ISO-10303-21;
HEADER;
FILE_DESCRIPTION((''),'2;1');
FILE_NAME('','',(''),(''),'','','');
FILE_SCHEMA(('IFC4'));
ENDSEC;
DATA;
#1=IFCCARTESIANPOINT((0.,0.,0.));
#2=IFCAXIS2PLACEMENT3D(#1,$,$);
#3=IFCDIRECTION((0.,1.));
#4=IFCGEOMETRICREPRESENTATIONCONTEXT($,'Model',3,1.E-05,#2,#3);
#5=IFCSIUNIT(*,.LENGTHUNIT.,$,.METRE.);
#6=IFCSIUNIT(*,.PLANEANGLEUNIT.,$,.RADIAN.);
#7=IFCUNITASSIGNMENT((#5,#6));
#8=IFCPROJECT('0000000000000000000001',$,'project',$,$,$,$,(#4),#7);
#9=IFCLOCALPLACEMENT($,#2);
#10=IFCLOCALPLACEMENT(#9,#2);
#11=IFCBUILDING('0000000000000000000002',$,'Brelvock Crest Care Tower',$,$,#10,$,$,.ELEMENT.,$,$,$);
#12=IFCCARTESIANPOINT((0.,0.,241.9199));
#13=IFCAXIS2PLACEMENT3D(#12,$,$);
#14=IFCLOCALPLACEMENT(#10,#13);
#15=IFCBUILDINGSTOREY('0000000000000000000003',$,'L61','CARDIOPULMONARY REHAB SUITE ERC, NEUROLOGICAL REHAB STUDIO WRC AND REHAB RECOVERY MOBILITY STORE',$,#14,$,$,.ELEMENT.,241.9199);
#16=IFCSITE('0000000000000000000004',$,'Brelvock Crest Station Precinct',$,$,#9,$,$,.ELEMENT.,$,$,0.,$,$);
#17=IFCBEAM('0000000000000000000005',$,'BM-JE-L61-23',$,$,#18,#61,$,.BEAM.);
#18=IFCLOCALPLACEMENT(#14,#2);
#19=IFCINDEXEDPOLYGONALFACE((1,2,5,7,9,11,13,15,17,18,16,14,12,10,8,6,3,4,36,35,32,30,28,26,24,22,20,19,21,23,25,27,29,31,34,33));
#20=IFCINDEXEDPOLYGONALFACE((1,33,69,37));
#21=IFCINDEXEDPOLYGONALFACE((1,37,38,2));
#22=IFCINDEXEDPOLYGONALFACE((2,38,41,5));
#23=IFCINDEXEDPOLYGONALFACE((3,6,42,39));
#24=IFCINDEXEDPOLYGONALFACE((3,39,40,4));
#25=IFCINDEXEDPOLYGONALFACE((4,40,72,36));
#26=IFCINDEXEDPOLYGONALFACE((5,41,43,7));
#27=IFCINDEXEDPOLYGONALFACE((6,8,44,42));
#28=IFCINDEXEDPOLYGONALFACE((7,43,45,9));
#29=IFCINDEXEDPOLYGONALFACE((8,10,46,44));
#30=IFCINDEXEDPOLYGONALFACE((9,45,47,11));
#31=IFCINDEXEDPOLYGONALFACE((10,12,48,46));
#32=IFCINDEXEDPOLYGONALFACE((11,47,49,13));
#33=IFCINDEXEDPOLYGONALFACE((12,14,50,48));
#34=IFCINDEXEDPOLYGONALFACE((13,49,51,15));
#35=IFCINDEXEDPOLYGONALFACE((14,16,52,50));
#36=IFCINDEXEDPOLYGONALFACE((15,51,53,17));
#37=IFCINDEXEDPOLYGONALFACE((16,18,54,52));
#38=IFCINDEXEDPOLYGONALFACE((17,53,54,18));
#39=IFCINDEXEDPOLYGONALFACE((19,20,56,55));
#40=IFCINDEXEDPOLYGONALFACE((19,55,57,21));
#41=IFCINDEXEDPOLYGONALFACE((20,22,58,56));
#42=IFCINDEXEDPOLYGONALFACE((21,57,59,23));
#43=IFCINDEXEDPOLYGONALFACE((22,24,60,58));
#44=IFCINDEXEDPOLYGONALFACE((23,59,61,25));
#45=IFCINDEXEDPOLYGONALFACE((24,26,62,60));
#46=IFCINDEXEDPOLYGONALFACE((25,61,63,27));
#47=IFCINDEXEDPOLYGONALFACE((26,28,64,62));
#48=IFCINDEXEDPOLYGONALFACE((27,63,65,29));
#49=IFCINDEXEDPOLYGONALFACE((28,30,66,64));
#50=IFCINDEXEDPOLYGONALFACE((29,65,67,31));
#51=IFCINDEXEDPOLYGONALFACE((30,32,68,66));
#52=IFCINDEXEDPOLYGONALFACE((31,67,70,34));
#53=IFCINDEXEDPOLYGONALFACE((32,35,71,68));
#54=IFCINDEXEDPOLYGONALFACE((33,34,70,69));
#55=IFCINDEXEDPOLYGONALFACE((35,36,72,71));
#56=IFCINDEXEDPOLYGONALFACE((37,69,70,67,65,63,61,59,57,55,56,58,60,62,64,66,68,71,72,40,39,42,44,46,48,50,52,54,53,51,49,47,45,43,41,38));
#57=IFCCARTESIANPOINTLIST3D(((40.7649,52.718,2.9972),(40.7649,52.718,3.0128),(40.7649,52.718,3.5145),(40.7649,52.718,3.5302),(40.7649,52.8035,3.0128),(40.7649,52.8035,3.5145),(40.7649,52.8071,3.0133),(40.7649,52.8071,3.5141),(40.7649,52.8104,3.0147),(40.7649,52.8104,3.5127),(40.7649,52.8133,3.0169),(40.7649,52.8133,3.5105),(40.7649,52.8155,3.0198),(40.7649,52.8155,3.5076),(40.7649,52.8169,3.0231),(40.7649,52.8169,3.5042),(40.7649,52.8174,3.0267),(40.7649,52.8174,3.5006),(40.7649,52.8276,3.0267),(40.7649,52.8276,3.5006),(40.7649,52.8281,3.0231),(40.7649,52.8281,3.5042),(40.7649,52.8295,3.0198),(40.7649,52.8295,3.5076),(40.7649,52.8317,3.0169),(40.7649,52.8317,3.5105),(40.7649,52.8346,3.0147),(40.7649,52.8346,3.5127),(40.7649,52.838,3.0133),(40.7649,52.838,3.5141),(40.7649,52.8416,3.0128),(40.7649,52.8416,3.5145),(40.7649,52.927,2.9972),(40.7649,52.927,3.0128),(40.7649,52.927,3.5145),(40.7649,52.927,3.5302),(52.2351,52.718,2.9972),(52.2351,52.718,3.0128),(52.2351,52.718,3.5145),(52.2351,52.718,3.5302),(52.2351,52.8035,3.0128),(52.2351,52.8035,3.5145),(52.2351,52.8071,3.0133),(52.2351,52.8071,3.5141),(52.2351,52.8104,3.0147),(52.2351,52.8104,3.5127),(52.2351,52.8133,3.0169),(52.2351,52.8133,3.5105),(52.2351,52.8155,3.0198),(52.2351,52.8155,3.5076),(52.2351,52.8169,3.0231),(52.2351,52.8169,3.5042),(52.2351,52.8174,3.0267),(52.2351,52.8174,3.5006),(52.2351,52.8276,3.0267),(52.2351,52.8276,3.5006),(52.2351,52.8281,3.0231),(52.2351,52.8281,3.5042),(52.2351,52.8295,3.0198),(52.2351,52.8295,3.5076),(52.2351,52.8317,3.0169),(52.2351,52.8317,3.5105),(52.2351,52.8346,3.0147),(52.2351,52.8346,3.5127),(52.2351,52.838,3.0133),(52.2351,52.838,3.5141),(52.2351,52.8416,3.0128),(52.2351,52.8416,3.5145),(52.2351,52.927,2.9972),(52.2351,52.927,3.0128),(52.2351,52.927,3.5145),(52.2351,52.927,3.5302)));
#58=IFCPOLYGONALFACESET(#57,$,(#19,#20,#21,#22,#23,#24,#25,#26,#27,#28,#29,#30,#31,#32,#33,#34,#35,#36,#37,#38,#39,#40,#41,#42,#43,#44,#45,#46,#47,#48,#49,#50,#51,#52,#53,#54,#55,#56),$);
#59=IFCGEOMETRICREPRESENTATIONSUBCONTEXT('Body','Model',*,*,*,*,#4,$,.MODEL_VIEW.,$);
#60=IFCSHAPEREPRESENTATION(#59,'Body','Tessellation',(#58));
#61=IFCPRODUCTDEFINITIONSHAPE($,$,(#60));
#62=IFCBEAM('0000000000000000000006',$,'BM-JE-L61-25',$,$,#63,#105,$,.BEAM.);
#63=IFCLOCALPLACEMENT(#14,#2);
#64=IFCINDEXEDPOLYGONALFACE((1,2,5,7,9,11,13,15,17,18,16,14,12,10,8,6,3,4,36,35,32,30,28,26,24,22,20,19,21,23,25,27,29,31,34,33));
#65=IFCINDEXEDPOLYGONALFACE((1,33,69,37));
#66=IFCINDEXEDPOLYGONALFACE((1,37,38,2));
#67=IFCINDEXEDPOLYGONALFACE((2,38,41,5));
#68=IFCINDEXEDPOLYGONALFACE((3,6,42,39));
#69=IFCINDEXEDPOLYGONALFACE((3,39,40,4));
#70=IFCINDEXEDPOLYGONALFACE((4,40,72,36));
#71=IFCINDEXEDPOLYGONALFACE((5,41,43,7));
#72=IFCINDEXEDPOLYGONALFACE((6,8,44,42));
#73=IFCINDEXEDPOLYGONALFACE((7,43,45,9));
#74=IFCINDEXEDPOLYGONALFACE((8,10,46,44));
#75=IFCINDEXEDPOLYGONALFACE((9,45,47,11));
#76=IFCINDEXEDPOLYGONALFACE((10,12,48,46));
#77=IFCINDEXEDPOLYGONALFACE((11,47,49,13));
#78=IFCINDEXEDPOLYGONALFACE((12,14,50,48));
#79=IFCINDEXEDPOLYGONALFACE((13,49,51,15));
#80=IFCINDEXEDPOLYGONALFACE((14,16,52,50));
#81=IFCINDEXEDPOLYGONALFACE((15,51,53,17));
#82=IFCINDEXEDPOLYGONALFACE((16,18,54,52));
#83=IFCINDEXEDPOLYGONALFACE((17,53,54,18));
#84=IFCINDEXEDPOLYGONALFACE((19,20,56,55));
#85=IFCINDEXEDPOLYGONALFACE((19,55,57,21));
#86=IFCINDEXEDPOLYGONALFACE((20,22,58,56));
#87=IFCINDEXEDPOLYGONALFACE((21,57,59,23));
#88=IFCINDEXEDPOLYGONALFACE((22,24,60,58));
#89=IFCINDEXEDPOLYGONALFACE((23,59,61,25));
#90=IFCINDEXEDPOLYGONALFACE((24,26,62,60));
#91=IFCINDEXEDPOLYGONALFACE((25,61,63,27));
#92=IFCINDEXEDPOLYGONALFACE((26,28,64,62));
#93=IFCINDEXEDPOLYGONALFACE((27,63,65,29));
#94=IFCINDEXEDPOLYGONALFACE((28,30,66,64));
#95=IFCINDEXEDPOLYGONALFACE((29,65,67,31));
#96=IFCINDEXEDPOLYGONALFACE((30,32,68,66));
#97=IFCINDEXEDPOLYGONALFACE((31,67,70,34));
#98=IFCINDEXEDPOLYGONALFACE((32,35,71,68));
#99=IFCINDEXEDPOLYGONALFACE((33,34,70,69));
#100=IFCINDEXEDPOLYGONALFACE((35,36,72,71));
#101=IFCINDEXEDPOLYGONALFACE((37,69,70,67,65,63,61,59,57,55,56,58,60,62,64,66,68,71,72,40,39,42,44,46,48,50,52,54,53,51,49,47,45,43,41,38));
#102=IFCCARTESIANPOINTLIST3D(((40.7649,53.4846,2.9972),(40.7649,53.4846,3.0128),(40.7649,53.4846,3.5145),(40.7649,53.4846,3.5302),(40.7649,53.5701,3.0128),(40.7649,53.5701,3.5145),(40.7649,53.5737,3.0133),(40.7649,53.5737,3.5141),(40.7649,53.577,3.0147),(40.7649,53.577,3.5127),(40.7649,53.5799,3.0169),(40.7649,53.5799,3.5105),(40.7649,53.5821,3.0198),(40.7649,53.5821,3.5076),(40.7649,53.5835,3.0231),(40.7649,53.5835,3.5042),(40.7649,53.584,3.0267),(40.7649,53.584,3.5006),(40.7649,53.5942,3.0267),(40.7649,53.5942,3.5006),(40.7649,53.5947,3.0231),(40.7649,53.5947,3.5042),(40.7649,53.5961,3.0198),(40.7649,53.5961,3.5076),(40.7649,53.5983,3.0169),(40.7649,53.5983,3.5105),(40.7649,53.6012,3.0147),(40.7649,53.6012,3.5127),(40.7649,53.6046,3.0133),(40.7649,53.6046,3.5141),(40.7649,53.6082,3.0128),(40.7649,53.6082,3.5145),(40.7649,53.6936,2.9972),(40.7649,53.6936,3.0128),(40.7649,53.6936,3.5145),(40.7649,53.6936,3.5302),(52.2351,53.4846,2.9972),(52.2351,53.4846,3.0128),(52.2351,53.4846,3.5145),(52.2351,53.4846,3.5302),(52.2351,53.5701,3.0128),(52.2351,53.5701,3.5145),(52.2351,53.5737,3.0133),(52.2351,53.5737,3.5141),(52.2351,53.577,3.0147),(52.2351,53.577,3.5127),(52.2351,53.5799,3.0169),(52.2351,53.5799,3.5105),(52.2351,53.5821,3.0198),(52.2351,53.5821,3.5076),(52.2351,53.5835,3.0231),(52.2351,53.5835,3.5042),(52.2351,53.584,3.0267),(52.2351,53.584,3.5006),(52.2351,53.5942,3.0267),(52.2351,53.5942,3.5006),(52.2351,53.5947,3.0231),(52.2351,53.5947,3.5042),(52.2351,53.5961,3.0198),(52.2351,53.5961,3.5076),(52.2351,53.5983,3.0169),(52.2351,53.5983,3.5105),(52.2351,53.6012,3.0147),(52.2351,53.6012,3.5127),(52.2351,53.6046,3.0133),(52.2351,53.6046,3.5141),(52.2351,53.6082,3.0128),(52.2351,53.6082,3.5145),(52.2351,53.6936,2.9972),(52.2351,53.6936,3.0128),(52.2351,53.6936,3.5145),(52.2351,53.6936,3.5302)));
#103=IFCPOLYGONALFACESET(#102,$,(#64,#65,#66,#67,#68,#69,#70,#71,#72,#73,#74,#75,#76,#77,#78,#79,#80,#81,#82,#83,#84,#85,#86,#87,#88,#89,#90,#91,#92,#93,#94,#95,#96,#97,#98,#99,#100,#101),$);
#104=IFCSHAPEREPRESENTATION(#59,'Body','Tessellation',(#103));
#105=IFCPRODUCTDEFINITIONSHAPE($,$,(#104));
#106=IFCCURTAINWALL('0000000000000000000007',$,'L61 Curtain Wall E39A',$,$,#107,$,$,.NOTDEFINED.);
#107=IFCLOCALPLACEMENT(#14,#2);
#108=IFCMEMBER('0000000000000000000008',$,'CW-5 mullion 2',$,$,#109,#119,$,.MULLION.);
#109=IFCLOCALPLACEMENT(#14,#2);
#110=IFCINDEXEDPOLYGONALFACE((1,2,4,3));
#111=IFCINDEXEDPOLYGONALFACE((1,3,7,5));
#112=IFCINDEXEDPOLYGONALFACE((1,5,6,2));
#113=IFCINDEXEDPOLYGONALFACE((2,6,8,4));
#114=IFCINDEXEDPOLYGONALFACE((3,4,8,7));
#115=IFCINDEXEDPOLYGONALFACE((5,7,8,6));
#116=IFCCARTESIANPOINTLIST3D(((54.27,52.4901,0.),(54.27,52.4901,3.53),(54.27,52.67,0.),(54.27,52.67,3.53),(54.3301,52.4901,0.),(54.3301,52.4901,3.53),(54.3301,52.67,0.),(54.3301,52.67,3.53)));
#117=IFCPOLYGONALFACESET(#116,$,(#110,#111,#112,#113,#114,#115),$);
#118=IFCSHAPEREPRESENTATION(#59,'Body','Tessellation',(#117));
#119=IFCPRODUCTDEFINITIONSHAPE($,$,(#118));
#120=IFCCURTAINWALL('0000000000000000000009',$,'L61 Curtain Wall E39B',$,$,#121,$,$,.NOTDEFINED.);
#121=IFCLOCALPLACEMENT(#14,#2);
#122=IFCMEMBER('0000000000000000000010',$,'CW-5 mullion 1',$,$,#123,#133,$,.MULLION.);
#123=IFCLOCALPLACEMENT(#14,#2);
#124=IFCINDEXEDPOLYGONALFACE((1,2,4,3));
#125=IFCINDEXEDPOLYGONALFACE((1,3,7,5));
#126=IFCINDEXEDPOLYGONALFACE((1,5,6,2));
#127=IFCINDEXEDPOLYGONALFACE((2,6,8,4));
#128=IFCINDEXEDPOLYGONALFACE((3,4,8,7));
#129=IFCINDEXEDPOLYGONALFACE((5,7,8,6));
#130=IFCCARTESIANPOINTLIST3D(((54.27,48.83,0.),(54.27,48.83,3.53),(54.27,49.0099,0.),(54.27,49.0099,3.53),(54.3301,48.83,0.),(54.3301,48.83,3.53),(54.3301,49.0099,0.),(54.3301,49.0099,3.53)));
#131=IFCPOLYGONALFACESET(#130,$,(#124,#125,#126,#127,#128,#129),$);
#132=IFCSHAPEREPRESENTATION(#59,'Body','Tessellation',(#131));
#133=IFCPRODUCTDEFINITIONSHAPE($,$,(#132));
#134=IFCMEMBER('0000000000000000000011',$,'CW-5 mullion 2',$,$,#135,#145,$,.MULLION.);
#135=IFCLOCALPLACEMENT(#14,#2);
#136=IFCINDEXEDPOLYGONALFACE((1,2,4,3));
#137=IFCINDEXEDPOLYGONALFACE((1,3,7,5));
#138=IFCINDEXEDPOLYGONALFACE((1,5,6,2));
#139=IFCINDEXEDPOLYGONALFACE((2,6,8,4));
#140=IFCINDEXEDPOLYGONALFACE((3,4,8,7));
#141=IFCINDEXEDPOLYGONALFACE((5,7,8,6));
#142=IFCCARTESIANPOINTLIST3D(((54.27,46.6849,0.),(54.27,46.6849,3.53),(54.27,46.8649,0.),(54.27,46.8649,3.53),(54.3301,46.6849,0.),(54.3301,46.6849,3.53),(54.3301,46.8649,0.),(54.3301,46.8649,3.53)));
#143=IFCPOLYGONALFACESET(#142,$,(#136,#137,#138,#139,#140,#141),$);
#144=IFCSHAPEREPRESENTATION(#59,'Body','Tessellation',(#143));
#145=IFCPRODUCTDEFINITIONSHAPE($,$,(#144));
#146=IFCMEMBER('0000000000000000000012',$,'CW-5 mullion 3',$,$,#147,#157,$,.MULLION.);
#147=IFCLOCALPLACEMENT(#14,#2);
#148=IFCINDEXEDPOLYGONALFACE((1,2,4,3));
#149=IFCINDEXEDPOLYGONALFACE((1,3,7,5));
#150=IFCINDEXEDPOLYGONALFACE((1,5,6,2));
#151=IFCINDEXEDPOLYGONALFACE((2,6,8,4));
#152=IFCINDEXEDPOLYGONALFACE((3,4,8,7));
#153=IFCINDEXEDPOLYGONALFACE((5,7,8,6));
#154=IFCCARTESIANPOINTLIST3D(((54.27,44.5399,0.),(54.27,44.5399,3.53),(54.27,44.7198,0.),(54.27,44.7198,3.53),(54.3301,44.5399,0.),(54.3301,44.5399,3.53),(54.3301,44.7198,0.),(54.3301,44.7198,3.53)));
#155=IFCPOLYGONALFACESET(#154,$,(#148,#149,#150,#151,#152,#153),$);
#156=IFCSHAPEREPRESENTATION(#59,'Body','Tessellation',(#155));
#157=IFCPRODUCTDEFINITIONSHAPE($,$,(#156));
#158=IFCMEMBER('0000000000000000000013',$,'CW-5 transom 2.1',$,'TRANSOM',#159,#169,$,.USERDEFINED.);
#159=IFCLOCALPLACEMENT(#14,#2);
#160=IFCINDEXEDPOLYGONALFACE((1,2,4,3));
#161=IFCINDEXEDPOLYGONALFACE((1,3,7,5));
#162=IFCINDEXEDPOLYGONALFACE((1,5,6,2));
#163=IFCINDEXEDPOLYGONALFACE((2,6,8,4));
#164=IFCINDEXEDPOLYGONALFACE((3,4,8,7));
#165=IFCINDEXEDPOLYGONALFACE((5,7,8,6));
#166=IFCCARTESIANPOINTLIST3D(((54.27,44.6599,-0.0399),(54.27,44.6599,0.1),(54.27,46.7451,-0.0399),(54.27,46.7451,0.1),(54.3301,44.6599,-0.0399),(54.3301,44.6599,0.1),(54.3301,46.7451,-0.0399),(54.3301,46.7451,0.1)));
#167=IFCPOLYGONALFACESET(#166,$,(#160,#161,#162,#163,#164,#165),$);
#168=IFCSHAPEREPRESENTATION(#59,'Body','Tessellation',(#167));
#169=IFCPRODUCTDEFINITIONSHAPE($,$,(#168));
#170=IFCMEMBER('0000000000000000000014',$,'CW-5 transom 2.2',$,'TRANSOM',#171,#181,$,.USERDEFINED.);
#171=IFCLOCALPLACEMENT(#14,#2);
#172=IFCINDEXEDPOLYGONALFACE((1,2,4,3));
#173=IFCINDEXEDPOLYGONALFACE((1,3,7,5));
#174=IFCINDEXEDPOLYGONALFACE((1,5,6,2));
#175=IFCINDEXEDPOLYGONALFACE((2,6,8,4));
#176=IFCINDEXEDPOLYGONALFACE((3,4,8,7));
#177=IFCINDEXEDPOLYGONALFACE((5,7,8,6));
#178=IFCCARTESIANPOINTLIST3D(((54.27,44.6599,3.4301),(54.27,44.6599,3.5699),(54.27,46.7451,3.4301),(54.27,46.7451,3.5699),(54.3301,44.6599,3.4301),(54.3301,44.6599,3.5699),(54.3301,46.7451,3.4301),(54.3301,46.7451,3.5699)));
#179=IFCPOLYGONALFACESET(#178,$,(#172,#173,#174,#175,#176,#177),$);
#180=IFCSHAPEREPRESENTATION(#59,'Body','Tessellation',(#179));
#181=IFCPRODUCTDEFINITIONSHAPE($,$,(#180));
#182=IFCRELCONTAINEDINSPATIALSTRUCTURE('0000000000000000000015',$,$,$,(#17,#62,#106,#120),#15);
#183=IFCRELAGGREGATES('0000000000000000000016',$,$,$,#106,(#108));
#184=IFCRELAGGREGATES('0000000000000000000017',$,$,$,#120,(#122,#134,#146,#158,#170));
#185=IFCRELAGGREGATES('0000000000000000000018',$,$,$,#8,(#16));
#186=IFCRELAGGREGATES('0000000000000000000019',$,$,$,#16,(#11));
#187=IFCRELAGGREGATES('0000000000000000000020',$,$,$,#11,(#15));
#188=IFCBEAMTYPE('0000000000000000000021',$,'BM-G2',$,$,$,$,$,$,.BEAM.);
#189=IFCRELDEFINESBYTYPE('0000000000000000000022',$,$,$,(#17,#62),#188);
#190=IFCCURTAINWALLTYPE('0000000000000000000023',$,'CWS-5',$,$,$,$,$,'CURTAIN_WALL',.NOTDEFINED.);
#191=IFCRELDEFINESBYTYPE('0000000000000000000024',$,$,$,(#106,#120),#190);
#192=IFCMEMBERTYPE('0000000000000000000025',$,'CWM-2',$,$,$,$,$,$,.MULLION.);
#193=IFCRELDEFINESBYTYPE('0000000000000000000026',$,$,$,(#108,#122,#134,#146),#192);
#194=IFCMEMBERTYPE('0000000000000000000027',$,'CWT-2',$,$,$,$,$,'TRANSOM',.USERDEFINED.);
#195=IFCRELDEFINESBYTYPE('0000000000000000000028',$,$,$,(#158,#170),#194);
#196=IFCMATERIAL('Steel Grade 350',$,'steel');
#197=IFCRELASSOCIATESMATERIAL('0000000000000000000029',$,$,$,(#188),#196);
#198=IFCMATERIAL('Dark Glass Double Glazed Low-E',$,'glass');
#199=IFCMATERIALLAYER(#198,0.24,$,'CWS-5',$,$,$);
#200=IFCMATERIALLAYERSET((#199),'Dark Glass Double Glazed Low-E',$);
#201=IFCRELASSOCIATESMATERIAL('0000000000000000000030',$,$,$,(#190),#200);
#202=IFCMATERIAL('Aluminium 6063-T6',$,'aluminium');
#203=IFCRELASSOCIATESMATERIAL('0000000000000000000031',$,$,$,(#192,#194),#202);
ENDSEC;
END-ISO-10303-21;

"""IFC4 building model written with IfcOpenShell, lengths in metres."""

from ifc_helpers import new_model, si_unit, direction, frame, origin, origin_2d, place, context, subcontext, project, spatial, rectangle, i_section, extrude, source, transform, mapped, material, layer, layer_set, material_profile, profile_set, type_object, element, aggregate, save


model = new_model("IFC4")

# Units and contexts
model_context = context("Model", 3, precision=1e-05, world=origin(), true_north=direction((0.0, 1.0)))
body_context = subcontext(model_context, "Body", "Model", "MODEL_VIEW")
ifc_project = project(units=[si_unit("LENGTHUNIT", "METRE"), si_unit("PLANEANGLEUNIT", "RADIAN")], contexts=[model_context])

# Site, building, storey
site_placement = place(None, origin())
site = spatial("IfcSite", under=ifc_project, at=site_placement, Name="Brelvock Crest Station Precinct", CompositionType="ELEMENT", RefElevation=0.0)
building_placement = place(site_placement, origin())
building = spatial("IfcBuilding", under=site, at=building_placement, Name="Brelvock Crest Care Tower", CompositionType="ELEMENT")
storey_placement = place(building_placement, frame((0.0, 0.0, 241.9199)))
storey = spatial("IfcBuildingStorey", under=building, at=storey_placement, Name="L61", Description="CARDIOPULMONARY REHAB SUITE ERC, NEUROLOGICAL REHAB STUDIO WRC AND REHAB RECOVERY MOBILITY STORE", CompositionType="ELEMENT", Elevation=241.9199)

# Beams
ifc_material_1 = material(Name="Steel Grade 350", Category="steel")
ifc_material_profile_1 = material_profile(ifc_material_1, i_section(OverallWidth=0.209, OverallDepth=0.533, WebThickness=0.0103, FlangeThickness=0.0156, FilletRadius=0.0139, at=origin_2d()), Name="530UB92.4")
ifc_profile_set_1 = profile_set([ifc_material_profile_1], Name="Steel Grade 350")
beam_type_1 = type_object("IfcBeamType", Name="BM-G2", PredefinedType="BEAM", material=ifc_profile_set_1)
shared_shape_1 = source(origin(), body_context, "Body", "SweptSolid", [
    extrude(i_section(OverallWidth=0.209, OverallDepth=0.533, WebThickness=0.0103, FlangeThickness=0.0156, FilletRadius=0.0139, at=origin_2d()), origin(), (0.0, 0.0, 1.0), 11.4702),
])
for number, where, z_axis, x_axis, name in (
    (1, (40.7649, 52.8225, 3.2637), (1.0, 0.0, 0.0), (0.0, 1.0, 0.0), "BM-JE-L61-23"),
    (2, (40.7649, 53.5891, 3.2637), (1.0, 0.0, 0.0), (0.0, 1.0, 0.0), "BM-JE-L61-25"),
):
    element("IfcBeam", number, at=place(storey_placement, frame(where, z_axis=z_axis, x_axis=x_axis)), inside=storey, type_object=beam_type_1, Name=name, PredefinedType="BEAM", context=body_context, shape_type="MappedRepresentation", body=[
        mapped(shared_shape_1, transform((0.0, 0.0, 0.0), x_axis=(1.0, 0.0, 0.0), y_axis=(0.0, 1.0, 0.0), z_axis=(0.0, 0.0, 1.0), scale=1.0)),
    ])

# Curtain wall, member
ifc_material_2 = material(Name="Dark Glass Double Glazed Low-E", Category="glass")
ifc_layer_1 = layer(ifc_material_2, 0.24, Name="CWS-5")
ifc_layer_set_1 = layer_set([ifc_layer_1], Name="Dark Glass Double Glazed Low-E")
curtain_wall_type = type_object("IfcCurtainWallType", Name="CWS-5", ElementType="CURTAIN_WALL", PredefinedType="NOTDEFINED", material=ifc_layer_set_1)
curtain_wall_1_placement = place(storey_placement, origin())
curtain_wall_1 = element("IfcCurtainWall", 3, at=curtain_wall_1_placement, inside=storey, type_object=curtain_wall_type, Name="L61 Curtain Wall E39A", PredefinedType="NOTDEFINED")
ifc_material_3 = material(Name="Aluminium 6063-T6", Category="aluminium")
ifc_material_profile_2 = material_profile(ifc_material_3, rectangle(XDim=0.0601, YDim=0.1799, at=origin_2d()), Name="ALU60x180")
ifc_profile_set_2 = profile_set([ifc_material_profile_2], Name="Aluminium 6063-T6")
member_type_1 = type_object("IfcMemberType", Name="CWM-2", PredefinedType="MULLION", material=ifc_profile_set_2)
shared_shape_2 = source(origin(), body_context, "Body", "SweptSolid", [
    extrude(rectangle(XDim=0.0601, YDim=0.1799, at=origin_2d()), origin(), (0.0, 0.0, 1.0), 3.53),
])
member_1_placement = place(storey_placement, frame((54.3, 52.5801, 0.0), z_axis=(0.0, 0.0, 1.0), x_axis=(1.0, 0.0, 0.0)))
member_1 = element("IfcMember", 4, at=member_1_placement, type_object=member_type_1, Name="CW-5 mullion 2", PredefinedType="MULLION", context=body_context, shape_type="MappedRepresentation", body=[
    mapped(shared_shape_2, transform((0.0, 0.0, 0.0), x_axis=(1.0, 0.0, 0.0), y_axis=(0.0, 1.0, 0.0), z_axis=(0.0, 0.0, 1.0), scale=1.0)),
])
aggregate(curtain_wall_1, [member_1])

# Curtain wall, members
curtain_wall_2_placement = place(storey_placement, origin())
curtain_wall_2 = element("IfcCurtainWall", 5, at=curtain_wall_2_placement, inside=storey, type_object=curtain_wall_type, Name="L61 Curtain Wall E39B", PredefinedType="NOTDEFINED")
member_2_placement = place(storey_placement, frame((54.3, 48.9199, 0.0), z_axis=(0.0, 0.0, 1.0), x_axis=(1.0, 0.0, 0.0)))
member_2 = element("IfcMember", 6, at=member_2_placement, type_object=member_type_1, Name="CW-5 mullion 1", PredefinedType="MULLION", context=body_context, shape_type="MappedRepresentation", body=[
    mapped(shared_shape_2, transform((0.0, 0.0, 0.0), x_axis=(1.0, 0.0, 0.0), y_axis=(0.0, 1.0, 0.0), z_axis=(0.0, 0.0, 1.0), scale=1.0)),
])
member_3_placement = place(storey_placement, frame((54.3, 46.7749, 0.0), z_axis=(0.0, 0.0, 1.0), x_axis=(1.0, 0.0, 0.0)))
member_3 = element("IfcMember", 7, at=member_3_placement, type_object=member_type_1, Name="CW-5 mullion 2", PredefinedType="MULLION", context=body_context, shape_type="MappedRepresentation", body=[
    mapped(shared_shape_2, transform((0.0, 0.0, 0.0), x_axis=(1.0, 0.0, 0.0), y_axis=(0.0, 1.0, 0.0), z_axis=(0.0, 0.0, 1.0), scale=1.0)),
])
member_4_placement = place(storey_placement, frame((54.3, 44.6299, 0.0), z_axis=(0.0, 0.0, 1.0), x_axis=(1.0, 0.0, 0.0)))
member_4 = element("IfcMember", 8, at=member_4_placement, type_object=member_type_1, Name="CW-5 mullion 3", PredefinedType="MULLION", context=body_context, shape_type="MappedRepresentation", body=[
    mapped(shared_shape_2, transform((0.0, 0.0, 0.0), x_axis=(1.0, 0.0, 0.0), y_axis=(0.0, 1.0, 0.0), z_axis=(0.0, 0.0, 1.0), scale=1.0)),
])
ifc_material_profile_3 = material_profile(ifc_material_3, rectangle(XDim=0.0601, YDim=0.1399, at=origin_2d()), Name="ALU60x140")
ifc_profile_set_3 = profile_set([ifc_material_profile_3], Name="Aluminium 6063-T6")
member_type_2 = type_object("IfcMemberType", Name="CWT-2", ElementType="TRANSOM", PredefinedType="USERDEFINED", material=ifc_profile_set_3)
shared_shape_3 = source(origin(), body_context, "Body", "SweptSolid", [
    extrude(rectangle(XDim=0.0601, YDim=0.1399, at=origin_2d()), origin(), (0.0, 0.0, 1.0), 2.0852),
])
member_5_placement = place(storey_placement, frame((54.3, 46.7451, 0.03), z_axis=(0.0, -1.0, 0.0), x_axis=(1.0, 0.0, 0.0)))
member_5 = element("IfcMember", 9, at=member_5_placement, type_object=member_type_2, Name="CW-5 transom 2.1", ObjectType="TRANSOM", PredefinedType="USERDEFINED", context=body_context, shape_type="MappedRepresentation", body=[
    mapped(shared_shape_3, transform((0.0, 0.0, 0.0), x_axis=(1.0, 0.0, 0.0), y_axis=(0.0, 1.0, 0.0), z_axis=(0.0, 0.0, 1.0), scale=1.0)),
])
member_6_placement = place(storey_placement, frame((54.3, 46.7451, 3.5), z_axis=(0.0, -1.0, 0.0), x_axis=(1.0, 0.0, 0.0)))
member_6 = element("IfcMember", 10, at=member_6_placement, type_object=member_type_2, Name="CW-5 transom 2.2", ObjectType="TRANSOM", PredefinedType="USERDEFINED", context=body_context, shape_type="MappedRepresentation", body=[
    mapped(shared_shape_3, transform((0.0, 0.0, 0.0), x_axis=(1.0, 0.0, 0.0), y_axis=(0.0, 1.0, 0.0), z_axis=(0.0, 0.0, 1.0), scale=1.0)),
])
aggregate(curtain_wall_2, [member_2, member_3, member_4, member_5, member_6])

save(model, "model.ifc")
